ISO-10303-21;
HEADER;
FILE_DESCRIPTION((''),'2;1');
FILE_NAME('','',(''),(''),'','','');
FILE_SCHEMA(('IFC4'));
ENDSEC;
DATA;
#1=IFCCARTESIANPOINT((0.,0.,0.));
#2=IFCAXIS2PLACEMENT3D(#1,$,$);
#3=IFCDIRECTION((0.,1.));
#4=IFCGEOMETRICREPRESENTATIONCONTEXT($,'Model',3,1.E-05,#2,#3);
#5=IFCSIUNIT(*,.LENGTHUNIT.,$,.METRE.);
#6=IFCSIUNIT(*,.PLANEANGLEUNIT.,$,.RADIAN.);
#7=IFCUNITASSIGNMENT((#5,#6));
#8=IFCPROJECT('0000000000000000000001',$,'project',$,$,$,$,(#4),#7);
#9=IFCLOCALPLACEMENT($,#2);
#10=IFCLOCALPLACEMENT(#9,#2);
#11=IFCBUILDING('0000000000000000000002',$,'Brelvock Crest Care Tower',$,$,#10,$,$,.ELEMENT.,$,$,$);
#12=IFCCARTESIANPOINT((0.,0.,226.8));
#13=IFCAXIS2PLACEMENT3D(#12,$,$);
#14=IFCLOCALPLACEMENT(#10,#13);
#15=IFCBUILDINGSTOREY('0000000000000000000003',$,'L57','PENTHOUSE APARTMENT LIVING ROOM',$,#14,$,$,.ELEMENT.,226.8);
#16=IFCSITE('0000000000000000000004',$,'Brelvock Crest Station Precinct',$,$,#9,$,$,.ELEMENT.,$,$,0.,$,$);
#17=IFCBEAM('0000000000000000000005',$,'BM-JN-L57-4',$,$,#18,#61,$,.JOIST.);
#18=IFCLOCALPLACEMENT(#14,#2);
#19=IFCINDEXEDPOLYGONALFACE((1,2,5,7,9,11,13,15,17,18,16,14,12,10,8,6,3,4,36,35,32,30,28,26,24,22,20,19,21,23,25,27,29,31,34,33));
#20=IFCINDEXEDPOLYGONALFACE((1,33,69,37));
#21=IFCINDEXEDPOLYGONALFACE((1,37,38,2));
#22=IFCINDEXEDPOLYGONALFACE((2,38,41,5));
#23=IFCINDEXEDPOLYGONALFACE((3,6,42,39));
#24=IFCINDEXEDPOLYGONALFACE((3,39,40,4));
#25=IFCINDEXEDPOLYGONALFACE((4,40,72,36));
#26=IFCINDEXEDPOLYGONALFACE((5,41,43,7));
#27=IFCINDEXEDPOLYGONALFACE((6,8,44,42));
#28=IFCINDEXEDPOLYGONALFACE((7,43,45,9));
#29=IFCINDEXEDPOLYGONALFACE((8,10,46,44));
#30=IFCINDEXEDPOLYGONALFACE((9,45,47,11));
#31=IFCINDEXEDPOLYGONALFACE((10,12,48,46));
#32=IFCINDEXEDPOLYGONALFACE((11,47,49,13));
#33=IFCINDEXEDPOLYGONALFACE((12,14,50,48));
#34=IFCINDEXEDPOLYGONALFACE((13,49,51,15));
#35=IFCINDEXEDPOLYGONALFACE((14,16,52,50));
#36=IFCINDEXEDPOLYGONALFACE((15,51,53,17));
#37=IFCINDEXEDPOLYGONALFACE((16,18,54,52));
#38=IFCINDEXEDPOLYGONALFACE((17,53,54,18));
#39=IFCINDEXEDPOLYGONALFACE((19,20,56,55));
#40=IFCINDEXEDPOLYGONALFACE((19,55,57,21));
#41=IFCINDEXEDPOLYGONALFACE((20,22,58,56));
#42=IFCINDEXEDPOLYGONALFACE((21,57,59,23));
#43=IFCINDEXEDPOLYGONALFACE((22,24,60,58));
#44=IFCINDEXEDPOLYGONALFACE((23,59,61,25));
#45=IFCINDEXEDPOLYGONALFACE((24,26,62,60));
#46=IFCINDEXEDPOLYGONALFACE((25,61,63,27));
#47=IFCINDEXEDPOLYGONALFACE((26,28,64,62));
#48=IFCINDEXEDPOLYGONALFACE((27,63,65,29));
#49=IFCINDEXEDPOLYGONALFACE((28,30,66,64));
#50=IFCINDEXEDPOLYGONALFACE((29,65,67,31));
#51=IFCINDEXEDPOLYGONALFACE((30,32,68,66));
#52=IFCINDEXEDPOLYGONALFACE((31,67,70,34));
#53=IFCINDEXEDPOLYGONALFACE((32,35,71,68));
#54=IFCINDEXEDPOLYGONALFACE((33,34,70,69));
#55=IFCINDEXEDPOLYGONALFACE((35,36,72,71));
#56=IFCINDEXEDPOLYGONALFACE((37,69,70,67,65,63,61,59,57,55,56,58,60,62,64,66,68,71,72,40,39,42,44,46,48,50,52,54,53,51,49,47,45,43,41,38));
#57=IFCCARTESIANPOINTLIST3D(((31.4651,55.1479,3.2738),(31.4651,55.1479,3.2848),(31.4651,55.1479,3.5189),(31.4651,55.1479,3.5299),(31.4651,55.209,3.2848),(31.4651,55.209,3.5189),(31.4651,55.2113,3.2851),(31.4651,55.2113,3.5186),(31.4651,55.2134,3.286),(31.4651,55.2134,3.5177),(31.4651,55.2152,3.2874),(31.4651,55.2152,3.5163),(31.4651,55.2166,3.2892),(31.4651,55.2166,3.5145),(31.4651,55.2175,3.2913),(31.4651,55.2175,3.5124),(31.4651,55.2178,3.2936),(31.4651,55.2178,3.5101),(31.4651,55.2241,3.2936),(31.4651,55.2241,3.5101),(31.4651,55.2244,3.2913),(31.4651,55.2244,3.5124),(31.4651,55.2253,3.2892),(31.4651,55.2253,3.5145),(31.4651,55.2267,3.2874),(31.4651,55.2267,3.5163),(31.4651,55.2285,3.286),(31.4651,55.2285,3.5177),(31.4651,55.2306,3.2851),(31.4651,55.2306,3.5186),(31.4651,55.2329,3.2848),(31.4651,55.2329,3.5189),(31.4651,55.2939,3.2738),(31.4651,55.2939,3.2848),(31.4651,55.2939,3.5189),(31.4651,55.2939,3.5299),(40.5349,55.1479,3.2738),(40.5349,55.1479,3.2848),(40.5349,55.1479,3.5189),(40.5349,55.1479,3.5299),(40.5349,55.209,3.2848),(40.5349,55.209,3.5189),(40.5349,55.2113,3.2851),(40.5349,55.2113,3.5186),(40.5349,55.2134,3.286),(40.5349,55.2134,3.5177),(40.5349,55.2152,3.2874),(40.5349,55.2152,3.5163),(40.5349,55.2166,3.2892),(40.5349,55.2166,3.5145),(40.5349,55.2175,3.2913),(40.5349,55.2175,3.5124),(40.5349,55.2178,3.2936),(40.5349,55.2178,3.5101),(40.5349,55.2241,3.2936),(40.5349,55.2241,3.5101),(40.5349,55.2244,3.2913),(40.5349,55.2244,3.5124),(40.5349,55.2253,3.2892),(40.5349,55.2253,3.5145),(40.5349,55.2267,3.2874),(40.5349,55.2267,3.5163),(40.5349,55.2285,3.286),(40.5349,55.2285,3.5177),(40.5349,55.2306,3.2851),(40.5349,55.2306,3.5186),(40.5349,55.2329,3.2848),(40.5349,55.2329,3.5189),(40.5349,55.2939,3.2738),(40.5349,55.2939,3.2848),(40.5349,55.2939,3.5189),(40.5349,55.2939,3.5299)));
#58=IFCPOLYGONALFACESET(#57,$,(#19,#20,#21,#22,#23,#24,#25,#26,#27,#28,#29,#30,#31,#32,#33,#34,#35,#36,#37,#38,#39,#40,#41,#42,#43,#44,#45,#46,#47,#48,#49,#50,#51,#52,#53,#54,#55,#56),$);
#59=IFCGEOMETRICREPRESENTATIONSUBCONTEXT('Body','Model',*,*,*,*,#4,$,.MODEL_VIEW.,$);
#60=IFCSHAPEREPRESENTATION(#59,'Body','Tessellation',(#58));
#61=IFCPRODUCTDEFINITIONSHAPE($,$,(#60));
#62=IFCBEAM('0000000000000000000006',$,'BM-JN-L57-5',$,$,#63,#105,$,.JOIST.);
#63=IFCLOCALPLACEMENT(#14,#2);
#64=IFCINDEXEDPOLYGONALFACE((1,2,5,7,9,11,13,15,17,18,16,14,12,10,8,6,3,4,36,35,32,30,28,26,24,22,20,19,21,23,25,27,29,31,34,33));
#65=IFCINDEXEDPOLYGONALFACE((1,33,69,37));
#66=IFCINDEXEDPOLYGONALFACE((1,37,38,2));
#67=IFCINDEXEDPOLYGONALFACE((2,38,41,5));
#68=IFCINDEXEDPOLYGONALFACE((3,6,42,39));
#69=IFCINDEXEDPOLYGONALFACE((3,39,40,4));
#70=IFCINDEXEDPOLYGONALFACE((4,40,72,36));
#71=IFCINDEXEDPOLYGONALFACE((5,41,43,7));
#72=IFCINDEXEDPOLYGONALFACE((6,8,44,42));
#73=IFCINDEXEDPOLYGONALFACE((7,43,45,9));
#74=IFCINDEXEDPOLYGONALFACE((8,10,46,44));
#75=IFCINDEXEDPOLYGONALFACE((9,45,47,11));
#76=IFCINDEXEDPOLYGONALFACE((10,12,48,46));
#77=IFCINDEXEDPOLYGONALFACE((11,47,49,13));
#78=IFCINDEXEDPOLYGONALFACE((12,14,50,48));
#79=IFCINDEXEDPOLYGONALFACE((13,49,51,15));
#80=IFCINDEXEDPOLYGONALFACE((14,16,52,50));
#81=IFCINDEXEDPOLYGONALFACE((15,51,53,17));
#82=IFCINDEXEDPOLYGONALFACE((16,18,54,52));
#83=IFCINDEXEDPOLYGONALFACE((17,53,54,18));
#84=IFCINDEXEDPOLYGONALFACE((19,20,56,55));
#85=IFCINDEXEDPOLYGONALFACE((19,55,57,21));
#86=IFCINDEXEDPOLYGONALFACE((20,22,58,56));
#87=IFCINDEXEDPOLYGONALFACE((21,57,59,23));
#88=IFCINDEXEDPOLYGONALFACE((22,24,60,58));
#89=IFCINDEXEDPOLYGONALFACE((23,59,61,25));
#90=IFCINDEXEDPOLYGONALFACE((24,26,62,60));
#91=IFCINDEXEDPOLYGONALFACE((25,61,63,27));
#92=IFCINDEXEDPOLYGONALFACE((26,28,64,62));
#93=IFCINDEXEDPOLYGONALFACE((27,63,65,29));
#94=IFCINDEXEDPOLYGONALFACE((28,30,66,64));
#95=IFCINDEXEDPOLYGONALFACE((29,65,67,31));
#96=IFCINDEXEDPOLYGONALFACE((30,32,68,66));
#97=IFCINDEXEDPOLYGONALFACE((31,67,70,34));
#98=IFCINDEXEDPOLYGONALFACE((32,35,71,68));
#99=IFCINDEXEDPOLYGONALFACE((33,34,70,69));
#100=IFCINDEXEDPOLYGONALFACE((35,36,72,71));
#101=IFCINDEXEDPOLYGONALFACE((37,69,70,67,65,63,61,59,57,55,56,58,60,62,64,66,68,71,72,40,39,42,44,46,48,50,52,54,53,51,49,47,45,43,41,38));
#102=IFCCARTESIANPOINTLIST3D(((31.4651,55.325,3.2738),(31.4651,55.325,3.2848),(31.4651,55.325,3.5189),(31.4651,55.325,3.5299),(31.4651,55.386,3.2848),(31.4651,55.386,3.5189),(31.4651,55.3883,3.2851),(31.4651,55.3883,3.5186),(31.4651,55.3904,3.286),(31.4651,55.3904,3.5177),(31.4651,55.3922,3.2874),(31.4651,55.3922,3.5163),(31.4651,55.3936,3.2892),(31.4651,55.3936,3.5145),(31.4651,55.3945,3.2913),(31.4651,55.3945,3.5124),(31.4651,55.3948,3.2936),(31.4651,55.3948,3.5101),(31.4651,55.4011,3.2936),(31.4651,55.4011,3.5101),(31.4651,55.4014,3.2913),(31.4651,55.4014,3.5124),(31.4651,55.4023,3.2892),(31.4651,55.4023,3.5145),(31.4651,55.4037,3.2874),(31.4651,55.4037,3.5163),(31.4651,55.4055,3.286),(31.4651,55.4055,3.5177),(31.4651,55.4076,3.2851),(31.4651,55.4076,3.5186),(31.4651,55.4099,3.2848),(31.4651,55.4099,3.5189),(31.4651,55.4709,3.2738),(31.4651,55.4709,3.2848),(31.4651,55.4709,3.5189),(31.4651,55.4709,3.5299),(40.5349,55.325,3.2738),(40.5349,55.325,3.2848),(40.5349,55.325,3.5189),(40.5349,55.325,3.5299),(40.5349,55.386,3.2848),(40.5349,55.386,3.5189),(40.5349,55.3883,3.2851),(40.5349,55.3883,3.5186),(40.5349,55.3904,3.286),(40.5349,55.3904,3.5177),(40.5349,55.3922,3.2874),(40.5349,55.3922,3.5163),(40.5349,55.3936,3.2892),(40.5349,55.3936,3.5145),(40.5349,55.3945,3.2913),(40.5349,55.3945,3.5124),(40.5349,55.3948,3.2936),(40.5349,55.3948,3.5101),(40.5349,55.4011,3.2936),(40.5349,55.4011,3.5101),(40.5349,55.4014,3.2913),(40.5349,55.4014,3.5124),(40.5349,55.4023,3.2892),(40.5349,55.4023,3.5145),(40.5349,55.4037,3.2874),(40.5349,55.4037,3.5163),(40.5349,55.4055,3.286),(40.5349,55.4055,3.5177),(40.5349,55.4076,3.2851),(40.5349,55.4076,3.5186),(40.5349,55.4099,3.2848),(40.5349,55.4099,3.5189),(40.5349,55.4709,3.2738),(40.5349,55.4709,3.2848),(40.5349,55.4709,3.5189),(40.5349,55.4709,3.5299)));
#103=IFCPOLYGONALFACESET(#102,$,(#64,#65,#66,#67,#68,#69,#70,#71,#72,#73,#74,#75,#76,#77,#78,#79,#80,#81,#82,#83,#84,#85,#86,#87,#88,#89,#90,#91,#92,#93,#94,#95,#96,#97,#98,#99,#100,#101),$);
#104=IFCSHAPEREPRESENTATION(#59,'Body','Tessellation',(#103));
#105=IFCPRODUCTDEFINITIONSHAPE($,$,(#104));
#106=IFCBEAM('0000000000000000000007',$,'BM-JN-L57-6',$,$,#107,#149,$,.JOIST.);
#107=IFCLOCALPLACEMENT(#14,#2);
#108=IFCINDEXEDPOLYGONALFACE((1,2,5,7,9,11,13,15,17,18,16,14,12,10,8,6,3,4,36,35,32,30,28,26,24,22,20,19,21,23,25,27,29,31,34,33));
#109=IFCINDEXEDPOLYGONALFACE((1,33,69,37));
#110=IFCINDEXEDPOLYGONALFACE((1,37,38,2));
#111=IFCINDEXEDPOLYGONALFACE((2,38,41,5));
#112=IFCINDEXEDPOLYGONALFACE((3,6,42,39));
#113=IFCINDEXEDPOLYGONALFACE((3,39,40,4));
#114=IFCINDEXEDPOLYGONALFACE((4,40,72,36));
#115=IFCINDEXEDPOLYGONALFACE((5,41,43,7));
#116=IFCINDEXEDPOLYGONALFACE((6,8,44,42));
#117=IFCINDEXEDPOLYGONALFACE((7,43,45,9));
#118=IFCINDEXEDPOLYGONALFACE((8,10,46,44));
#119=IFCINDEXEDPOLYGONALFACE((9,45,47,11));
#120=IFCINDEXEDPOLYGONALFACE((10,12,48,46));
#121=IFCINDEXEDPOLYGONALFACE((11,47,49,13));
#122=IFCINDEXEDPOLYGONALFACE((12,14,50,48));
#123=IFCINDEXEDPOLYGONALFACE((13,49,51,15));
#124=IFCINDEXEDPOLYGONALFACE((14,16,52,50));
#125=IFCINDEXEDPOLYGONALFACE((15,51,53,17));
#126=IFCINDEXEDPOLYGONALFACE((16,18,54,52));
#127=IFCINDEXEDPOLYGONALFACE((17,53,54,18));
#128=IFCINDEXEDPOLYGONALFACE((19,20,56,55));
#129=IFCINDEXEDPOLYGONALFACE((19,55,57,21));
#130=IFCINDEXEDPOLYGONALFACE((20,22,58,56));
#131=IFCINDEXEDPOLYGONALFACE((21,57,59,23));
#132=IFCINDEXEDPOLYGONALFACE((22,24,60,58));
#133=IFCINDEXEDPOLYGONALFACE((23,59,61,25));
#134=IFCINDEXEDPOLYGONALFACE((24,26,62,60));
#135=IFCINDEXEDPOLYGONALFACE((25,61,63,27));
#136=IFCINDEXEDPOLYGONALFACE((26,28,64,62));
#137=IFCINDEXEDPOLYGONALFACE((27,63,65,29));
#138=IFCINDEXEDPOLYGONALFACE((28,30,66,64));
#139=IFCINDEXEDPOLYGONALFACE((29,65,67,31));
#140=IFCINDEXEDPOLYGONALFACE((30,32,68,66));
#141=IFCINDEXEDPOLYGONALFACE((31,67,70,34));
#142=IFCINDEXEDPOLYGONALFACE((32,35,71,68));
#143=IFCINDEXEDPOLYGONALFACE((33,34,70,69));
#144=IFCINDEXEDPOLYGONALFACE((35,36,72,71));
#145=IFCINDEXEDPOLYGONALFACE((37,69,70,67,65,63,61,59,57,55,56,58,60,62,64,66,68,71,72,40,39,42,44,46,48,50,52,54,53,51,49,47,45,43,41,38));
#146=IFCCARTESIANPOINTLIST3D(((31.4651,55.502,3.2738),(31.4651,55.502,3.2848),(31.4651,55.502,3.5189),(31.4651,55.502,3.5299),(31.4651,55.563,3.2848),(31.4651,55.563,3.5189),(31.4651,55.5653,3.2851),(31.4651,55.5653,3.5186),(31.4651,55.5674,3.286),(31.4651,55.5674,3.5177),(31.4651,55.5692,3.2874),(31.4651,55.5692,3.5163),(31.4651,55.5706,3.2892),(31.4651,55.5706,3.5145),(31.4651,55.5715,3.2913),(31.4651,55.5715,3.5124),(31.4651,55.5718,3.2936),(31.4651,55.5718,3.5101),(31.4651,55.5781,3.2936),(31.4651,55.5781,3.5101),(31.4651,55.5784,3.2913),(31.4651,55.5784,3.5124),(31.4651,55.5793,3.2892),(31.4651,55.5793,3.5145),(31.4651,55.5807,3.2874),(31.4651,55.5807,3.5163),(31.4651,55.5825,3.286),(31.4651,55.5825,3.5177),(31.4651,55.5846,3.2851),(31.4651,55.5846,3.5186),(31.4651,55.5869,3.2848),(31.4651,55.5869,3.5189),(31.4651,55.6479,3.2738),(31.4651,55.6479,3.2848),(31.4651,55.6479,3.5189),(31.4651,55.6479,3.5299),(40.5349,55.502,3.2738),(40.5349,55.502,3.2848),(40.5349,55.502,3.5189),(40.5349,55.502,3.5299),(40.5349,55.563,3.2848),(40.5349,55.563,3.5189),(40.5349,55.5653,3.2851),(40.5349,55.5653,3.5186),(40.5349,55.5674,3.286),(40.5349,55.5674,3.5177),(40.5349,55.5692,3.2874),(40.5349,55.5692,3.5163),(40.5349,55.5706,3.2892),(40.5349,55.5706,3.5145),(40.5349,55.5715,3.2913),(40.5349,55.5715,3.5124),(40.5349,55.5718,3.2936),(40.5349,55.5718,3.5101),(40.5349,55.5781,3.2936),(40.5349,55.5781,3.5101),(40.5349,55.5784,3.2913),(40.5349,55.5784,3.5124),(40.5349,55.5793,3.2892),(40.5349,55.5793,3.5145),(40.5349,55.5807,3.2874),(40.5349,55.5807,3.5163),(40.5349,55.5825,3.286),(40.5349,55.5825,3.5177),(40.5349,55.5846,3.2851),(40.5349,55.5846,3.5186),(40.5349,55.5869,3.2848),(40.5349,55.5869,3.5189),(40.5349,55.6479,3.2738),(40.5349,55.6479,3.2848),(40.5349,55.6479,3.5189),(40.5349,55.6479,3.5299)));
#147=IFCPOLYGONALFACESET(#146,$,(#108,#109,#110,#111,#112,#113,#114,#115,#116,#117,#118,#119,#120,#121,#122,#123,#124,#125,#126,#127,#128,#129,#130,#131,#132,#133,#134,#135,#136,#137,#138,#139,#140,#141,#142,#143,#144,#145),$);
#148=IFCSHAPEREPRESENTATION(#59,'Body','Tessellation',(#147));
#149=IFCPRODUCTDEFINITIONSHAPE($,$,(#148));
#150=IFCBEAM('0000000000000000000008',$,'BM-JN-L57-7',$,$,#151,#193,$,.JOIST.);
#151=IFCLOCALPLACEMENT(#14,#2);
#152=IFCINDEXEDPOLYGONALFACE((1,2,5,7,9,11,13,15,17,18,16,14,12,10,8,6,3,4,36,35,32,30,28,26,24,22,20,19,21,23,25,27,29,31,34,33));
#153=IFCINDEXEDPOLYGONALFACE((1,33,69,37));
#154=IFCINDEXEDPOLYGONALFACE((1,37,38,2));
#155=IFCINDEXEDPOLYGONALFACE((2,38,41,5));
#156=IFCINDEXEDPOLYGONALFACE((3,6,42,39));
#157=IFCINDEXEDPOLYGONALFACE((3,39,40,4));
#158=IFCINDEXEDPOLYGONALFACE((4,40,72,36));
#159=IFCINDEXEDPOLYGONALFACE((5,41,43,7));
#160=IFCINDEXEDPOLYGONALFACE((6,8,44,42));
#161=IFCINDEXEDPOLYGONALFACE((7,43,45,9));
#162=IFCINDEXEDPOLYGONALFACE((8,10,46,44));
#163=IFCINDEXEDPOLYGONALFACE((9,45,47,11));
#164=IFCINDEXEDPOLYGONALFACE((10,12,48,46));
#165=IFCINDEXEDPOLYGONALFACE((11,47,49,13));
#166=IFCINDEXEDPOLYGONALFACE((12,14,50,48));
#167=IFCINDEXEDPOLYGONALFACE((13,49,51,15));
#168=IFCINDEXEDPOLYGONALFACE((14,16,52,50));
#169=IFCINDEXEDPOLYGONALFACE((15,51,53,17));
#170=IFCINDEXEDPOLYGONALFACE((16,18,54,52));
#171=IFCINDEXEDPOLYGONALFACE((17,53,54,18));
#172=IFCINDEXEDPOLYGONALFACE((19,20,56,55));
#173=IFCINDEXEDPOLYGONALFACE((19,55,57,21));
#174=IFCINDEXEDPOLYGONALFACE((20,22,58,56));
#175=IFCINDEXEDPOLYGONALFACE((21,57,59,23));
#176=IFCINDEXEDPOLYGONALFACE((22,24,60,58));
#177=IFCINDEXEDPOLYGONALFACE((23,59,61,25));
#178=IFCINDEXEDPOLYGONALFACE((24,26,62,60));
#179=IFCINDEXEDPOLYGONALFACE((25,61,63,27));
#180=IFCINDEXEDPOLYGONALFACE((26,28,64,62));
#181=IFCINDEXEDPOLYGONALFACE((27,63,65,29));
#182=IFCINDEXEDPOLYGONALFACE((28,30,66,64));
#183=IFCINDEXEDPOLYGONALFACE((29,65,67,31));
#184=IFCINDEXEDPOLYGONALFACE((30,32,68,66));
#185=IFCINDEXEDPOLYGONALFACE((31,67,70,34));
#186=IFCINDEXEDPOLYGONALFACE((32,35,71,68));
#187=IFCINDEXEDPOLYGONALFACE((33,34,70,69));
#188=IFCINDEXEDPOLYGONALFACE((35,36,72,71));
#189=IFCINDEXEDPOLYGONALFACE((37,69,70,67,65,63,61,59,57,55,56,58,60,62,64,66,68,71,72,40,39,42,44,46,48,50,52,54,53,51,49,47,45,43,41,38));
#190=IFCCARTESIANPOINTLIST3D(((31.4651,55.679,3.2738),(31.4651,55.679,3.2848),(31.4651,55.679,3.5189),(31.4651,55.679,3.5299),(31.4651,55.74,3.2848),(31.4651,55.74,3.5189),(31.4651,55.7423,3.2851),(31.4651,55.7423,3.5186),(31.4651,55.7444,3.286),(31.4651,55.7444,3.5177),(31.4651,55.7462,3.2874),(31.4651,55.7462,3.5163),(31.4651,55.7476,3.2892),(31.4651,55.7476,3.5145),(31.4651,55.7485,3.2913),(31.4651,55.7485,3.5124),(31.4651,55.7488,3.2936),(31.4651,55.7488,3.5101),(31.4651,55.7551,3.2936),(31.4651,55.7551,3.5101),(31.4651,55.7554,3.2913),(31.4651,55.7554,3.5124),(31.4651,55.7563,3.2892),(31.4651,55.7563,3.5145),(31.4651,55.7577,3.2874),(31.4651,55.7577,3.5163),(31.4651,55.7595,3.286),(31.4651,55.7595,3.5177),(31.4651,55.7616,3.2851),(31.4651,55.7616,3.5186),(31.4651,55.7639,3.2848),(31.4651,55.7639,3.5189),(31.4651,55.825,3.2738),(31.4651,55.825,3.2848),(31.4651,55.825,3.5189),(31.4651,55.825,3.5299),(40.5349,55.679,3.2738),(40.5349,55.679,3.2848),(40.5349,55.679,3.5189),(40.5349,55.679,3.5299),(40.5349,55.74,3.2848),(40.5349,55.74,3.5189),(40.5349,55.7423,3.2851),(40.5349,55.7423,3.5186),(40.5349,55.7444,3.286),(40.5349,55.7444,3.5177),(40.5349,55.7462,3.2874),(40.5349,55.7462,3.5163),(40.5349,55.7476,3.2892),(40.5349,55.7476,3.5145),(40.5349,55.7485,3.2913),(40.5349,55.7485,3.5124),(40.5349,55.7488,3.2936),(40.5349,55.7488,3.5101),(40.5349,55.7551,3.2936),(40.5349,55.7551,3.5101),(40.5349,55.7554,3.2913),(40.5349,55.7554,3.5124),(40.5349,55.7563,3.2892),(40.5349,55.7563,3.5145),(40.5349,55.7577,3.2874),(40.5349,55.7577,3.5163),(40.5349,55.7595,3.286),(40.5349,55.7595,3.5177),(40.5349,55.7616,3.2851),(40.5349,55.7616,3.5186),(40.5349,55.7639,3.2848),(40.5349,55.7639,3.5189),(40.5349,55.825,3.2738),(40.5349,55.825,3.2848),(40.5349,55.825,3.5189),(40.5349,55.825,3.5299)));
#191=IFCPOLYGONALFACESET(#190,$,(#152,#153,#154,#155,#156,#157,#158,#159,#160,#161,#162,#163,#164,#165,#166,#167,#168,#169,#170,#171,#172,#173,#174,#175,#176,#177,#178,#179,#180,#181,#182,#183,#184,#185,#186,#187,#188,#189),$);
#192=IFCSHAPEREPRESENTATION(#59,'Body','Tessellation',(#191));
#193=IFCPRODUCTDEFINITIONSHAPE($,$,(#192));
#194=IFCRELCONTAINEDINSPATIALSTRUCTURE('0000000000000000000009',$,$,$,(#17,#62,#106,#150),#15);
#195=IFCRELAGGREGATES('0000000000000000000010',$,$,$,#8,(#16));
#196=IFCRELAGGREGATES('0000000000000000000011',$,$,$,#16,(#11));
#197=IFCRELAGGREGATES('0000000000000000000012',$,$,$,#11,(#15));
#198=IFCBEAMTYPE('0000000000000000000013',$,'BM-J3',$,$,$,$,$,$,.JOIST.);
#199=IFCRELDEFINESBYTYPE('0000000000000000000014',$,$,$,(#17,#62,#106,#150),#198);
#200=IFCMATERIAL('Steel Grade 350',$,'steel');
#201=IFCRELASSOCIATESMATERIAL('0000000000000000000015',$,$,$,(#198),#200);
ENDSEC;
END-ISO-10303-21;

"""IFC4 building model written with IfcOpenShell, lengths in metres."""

from ifc_helpers import new_model, si_unit, direction, frame, origin, origin_2d, place, context, subcontext, project, spatial, i_section, extrude, source, transform, mapped, material, material_profile, profile_set, type_object, element, save


model = new_model("IFC4")

# Units and contexts
model_context = context("Model", 3, precision=1e-05, world=origin(), true_north=direction((0.0, 1.0)))
body_context = subcontext(model_context, "Body", "Model", "MODEL_VIEW")
ifc_project = project(units=[si_unit("LENGTHUNIT", "METRE"), si_unit("PLANEANGLEUNIT", "RADIAN")], contexts=[model_context])

# Site, building, storey
site_placement = place(None, origin())
site = spatial("IfcSite", under=ifc_project, at=site_placement, Name="Brelvock Crest Station Precinct", CompositionType="ELEMENT", RefElevation=0.0)
building_placement = place(site_placement, origin())
building = spatial("IfcBuilding", under=site, at=building_placement, Name="Brelvock Crest Care Tower", CompositionType="ELEMENT")
storey_placement = place(building_placement, frame((0.0, 0.0, 226.8)))
storey = spatial("IfcBuildingStorey", under=building, at=storey_placement, Name="L57", Description="PENTHOUSE APARTMENT LIVING ROOM", CompositionType="ELEMENT", Elevation=226.8)

# Shared definitions
ifc_material_1 = material(Name="Steel Grade 350", Category="steel")

# Beams
ifc_material_profile_1 = material_profile(ifc_material_1, i_section(OverallWidth=0.146, OverallDepth=0.2561, WebThickness=0.0063, FlangeThickness=0.011, FilletRadius=0.0088, at=origin_2d()), Name="250UB37.3")
ifc_profile_set_1 = profile_set([ifc_material_profile_1], Name="Steel Grade 350")
beam_type_1 = type_object("IfcBeamType", Name="BM-J3", PredefinedType="JOIST", material=ifc_profile_set_1)
shared_shape_1 = source(origin(), body_context, "Body", "SweptSolid", [
    extrude(i_section(OverallWidth=0.146, OverallDepth=0.2561, WebThickness=0.0063, FlangeThickness=0.011, FilletRadius=0.0088, at=origin_2d()), origin(), (0.0, 0.0, 1.0), 9.0698),
])
for number, where, z_axis, x_axis, name in (
    (1, (31.4651, 55.2209, 3.4019), (1.0, 0.0, 0.0), (0.0, 1.0, 0.0), "BM-JN-L57-4"),
    (2, (31.4651, 55.3979, 3.4019), (1.0, 0.0, 0.0), (0.0, 1.0, 0.0), "BM-JN-L57-5"),
    (3, (31.4651, 55.575, 3.4019), (1.0, 0.0, 0.0), (0.0, 1.0, 0.0), "BM-JN-L57-6"),
    (4, (31.4651, 55.752, 3.4019), (1.0, 0.0, 0.0), (0.0, 1.0, 0.0), "BM-JN-L57-7"),
):
    element("IfcBeam", number, at=place(storey_placement, frame(where, z_axis=z_axis, x_axis=x_axis)), inside=storey, type_object=beam_type_1, Name=name, PredefinedType="JOIST", context=body_context, shape_type="MappedRepresentation", body=[
        mapped(shared_shape_1, transform((0.0, 0.0, 0.0), x_axis=(1.0, 0.0, 0.0), y_axis=(0.0, 1.0, 0.0), z_axis=(0.0, 0.0, 1.0), scale=1.0)),
    ])

save(model, "model.ifc")
